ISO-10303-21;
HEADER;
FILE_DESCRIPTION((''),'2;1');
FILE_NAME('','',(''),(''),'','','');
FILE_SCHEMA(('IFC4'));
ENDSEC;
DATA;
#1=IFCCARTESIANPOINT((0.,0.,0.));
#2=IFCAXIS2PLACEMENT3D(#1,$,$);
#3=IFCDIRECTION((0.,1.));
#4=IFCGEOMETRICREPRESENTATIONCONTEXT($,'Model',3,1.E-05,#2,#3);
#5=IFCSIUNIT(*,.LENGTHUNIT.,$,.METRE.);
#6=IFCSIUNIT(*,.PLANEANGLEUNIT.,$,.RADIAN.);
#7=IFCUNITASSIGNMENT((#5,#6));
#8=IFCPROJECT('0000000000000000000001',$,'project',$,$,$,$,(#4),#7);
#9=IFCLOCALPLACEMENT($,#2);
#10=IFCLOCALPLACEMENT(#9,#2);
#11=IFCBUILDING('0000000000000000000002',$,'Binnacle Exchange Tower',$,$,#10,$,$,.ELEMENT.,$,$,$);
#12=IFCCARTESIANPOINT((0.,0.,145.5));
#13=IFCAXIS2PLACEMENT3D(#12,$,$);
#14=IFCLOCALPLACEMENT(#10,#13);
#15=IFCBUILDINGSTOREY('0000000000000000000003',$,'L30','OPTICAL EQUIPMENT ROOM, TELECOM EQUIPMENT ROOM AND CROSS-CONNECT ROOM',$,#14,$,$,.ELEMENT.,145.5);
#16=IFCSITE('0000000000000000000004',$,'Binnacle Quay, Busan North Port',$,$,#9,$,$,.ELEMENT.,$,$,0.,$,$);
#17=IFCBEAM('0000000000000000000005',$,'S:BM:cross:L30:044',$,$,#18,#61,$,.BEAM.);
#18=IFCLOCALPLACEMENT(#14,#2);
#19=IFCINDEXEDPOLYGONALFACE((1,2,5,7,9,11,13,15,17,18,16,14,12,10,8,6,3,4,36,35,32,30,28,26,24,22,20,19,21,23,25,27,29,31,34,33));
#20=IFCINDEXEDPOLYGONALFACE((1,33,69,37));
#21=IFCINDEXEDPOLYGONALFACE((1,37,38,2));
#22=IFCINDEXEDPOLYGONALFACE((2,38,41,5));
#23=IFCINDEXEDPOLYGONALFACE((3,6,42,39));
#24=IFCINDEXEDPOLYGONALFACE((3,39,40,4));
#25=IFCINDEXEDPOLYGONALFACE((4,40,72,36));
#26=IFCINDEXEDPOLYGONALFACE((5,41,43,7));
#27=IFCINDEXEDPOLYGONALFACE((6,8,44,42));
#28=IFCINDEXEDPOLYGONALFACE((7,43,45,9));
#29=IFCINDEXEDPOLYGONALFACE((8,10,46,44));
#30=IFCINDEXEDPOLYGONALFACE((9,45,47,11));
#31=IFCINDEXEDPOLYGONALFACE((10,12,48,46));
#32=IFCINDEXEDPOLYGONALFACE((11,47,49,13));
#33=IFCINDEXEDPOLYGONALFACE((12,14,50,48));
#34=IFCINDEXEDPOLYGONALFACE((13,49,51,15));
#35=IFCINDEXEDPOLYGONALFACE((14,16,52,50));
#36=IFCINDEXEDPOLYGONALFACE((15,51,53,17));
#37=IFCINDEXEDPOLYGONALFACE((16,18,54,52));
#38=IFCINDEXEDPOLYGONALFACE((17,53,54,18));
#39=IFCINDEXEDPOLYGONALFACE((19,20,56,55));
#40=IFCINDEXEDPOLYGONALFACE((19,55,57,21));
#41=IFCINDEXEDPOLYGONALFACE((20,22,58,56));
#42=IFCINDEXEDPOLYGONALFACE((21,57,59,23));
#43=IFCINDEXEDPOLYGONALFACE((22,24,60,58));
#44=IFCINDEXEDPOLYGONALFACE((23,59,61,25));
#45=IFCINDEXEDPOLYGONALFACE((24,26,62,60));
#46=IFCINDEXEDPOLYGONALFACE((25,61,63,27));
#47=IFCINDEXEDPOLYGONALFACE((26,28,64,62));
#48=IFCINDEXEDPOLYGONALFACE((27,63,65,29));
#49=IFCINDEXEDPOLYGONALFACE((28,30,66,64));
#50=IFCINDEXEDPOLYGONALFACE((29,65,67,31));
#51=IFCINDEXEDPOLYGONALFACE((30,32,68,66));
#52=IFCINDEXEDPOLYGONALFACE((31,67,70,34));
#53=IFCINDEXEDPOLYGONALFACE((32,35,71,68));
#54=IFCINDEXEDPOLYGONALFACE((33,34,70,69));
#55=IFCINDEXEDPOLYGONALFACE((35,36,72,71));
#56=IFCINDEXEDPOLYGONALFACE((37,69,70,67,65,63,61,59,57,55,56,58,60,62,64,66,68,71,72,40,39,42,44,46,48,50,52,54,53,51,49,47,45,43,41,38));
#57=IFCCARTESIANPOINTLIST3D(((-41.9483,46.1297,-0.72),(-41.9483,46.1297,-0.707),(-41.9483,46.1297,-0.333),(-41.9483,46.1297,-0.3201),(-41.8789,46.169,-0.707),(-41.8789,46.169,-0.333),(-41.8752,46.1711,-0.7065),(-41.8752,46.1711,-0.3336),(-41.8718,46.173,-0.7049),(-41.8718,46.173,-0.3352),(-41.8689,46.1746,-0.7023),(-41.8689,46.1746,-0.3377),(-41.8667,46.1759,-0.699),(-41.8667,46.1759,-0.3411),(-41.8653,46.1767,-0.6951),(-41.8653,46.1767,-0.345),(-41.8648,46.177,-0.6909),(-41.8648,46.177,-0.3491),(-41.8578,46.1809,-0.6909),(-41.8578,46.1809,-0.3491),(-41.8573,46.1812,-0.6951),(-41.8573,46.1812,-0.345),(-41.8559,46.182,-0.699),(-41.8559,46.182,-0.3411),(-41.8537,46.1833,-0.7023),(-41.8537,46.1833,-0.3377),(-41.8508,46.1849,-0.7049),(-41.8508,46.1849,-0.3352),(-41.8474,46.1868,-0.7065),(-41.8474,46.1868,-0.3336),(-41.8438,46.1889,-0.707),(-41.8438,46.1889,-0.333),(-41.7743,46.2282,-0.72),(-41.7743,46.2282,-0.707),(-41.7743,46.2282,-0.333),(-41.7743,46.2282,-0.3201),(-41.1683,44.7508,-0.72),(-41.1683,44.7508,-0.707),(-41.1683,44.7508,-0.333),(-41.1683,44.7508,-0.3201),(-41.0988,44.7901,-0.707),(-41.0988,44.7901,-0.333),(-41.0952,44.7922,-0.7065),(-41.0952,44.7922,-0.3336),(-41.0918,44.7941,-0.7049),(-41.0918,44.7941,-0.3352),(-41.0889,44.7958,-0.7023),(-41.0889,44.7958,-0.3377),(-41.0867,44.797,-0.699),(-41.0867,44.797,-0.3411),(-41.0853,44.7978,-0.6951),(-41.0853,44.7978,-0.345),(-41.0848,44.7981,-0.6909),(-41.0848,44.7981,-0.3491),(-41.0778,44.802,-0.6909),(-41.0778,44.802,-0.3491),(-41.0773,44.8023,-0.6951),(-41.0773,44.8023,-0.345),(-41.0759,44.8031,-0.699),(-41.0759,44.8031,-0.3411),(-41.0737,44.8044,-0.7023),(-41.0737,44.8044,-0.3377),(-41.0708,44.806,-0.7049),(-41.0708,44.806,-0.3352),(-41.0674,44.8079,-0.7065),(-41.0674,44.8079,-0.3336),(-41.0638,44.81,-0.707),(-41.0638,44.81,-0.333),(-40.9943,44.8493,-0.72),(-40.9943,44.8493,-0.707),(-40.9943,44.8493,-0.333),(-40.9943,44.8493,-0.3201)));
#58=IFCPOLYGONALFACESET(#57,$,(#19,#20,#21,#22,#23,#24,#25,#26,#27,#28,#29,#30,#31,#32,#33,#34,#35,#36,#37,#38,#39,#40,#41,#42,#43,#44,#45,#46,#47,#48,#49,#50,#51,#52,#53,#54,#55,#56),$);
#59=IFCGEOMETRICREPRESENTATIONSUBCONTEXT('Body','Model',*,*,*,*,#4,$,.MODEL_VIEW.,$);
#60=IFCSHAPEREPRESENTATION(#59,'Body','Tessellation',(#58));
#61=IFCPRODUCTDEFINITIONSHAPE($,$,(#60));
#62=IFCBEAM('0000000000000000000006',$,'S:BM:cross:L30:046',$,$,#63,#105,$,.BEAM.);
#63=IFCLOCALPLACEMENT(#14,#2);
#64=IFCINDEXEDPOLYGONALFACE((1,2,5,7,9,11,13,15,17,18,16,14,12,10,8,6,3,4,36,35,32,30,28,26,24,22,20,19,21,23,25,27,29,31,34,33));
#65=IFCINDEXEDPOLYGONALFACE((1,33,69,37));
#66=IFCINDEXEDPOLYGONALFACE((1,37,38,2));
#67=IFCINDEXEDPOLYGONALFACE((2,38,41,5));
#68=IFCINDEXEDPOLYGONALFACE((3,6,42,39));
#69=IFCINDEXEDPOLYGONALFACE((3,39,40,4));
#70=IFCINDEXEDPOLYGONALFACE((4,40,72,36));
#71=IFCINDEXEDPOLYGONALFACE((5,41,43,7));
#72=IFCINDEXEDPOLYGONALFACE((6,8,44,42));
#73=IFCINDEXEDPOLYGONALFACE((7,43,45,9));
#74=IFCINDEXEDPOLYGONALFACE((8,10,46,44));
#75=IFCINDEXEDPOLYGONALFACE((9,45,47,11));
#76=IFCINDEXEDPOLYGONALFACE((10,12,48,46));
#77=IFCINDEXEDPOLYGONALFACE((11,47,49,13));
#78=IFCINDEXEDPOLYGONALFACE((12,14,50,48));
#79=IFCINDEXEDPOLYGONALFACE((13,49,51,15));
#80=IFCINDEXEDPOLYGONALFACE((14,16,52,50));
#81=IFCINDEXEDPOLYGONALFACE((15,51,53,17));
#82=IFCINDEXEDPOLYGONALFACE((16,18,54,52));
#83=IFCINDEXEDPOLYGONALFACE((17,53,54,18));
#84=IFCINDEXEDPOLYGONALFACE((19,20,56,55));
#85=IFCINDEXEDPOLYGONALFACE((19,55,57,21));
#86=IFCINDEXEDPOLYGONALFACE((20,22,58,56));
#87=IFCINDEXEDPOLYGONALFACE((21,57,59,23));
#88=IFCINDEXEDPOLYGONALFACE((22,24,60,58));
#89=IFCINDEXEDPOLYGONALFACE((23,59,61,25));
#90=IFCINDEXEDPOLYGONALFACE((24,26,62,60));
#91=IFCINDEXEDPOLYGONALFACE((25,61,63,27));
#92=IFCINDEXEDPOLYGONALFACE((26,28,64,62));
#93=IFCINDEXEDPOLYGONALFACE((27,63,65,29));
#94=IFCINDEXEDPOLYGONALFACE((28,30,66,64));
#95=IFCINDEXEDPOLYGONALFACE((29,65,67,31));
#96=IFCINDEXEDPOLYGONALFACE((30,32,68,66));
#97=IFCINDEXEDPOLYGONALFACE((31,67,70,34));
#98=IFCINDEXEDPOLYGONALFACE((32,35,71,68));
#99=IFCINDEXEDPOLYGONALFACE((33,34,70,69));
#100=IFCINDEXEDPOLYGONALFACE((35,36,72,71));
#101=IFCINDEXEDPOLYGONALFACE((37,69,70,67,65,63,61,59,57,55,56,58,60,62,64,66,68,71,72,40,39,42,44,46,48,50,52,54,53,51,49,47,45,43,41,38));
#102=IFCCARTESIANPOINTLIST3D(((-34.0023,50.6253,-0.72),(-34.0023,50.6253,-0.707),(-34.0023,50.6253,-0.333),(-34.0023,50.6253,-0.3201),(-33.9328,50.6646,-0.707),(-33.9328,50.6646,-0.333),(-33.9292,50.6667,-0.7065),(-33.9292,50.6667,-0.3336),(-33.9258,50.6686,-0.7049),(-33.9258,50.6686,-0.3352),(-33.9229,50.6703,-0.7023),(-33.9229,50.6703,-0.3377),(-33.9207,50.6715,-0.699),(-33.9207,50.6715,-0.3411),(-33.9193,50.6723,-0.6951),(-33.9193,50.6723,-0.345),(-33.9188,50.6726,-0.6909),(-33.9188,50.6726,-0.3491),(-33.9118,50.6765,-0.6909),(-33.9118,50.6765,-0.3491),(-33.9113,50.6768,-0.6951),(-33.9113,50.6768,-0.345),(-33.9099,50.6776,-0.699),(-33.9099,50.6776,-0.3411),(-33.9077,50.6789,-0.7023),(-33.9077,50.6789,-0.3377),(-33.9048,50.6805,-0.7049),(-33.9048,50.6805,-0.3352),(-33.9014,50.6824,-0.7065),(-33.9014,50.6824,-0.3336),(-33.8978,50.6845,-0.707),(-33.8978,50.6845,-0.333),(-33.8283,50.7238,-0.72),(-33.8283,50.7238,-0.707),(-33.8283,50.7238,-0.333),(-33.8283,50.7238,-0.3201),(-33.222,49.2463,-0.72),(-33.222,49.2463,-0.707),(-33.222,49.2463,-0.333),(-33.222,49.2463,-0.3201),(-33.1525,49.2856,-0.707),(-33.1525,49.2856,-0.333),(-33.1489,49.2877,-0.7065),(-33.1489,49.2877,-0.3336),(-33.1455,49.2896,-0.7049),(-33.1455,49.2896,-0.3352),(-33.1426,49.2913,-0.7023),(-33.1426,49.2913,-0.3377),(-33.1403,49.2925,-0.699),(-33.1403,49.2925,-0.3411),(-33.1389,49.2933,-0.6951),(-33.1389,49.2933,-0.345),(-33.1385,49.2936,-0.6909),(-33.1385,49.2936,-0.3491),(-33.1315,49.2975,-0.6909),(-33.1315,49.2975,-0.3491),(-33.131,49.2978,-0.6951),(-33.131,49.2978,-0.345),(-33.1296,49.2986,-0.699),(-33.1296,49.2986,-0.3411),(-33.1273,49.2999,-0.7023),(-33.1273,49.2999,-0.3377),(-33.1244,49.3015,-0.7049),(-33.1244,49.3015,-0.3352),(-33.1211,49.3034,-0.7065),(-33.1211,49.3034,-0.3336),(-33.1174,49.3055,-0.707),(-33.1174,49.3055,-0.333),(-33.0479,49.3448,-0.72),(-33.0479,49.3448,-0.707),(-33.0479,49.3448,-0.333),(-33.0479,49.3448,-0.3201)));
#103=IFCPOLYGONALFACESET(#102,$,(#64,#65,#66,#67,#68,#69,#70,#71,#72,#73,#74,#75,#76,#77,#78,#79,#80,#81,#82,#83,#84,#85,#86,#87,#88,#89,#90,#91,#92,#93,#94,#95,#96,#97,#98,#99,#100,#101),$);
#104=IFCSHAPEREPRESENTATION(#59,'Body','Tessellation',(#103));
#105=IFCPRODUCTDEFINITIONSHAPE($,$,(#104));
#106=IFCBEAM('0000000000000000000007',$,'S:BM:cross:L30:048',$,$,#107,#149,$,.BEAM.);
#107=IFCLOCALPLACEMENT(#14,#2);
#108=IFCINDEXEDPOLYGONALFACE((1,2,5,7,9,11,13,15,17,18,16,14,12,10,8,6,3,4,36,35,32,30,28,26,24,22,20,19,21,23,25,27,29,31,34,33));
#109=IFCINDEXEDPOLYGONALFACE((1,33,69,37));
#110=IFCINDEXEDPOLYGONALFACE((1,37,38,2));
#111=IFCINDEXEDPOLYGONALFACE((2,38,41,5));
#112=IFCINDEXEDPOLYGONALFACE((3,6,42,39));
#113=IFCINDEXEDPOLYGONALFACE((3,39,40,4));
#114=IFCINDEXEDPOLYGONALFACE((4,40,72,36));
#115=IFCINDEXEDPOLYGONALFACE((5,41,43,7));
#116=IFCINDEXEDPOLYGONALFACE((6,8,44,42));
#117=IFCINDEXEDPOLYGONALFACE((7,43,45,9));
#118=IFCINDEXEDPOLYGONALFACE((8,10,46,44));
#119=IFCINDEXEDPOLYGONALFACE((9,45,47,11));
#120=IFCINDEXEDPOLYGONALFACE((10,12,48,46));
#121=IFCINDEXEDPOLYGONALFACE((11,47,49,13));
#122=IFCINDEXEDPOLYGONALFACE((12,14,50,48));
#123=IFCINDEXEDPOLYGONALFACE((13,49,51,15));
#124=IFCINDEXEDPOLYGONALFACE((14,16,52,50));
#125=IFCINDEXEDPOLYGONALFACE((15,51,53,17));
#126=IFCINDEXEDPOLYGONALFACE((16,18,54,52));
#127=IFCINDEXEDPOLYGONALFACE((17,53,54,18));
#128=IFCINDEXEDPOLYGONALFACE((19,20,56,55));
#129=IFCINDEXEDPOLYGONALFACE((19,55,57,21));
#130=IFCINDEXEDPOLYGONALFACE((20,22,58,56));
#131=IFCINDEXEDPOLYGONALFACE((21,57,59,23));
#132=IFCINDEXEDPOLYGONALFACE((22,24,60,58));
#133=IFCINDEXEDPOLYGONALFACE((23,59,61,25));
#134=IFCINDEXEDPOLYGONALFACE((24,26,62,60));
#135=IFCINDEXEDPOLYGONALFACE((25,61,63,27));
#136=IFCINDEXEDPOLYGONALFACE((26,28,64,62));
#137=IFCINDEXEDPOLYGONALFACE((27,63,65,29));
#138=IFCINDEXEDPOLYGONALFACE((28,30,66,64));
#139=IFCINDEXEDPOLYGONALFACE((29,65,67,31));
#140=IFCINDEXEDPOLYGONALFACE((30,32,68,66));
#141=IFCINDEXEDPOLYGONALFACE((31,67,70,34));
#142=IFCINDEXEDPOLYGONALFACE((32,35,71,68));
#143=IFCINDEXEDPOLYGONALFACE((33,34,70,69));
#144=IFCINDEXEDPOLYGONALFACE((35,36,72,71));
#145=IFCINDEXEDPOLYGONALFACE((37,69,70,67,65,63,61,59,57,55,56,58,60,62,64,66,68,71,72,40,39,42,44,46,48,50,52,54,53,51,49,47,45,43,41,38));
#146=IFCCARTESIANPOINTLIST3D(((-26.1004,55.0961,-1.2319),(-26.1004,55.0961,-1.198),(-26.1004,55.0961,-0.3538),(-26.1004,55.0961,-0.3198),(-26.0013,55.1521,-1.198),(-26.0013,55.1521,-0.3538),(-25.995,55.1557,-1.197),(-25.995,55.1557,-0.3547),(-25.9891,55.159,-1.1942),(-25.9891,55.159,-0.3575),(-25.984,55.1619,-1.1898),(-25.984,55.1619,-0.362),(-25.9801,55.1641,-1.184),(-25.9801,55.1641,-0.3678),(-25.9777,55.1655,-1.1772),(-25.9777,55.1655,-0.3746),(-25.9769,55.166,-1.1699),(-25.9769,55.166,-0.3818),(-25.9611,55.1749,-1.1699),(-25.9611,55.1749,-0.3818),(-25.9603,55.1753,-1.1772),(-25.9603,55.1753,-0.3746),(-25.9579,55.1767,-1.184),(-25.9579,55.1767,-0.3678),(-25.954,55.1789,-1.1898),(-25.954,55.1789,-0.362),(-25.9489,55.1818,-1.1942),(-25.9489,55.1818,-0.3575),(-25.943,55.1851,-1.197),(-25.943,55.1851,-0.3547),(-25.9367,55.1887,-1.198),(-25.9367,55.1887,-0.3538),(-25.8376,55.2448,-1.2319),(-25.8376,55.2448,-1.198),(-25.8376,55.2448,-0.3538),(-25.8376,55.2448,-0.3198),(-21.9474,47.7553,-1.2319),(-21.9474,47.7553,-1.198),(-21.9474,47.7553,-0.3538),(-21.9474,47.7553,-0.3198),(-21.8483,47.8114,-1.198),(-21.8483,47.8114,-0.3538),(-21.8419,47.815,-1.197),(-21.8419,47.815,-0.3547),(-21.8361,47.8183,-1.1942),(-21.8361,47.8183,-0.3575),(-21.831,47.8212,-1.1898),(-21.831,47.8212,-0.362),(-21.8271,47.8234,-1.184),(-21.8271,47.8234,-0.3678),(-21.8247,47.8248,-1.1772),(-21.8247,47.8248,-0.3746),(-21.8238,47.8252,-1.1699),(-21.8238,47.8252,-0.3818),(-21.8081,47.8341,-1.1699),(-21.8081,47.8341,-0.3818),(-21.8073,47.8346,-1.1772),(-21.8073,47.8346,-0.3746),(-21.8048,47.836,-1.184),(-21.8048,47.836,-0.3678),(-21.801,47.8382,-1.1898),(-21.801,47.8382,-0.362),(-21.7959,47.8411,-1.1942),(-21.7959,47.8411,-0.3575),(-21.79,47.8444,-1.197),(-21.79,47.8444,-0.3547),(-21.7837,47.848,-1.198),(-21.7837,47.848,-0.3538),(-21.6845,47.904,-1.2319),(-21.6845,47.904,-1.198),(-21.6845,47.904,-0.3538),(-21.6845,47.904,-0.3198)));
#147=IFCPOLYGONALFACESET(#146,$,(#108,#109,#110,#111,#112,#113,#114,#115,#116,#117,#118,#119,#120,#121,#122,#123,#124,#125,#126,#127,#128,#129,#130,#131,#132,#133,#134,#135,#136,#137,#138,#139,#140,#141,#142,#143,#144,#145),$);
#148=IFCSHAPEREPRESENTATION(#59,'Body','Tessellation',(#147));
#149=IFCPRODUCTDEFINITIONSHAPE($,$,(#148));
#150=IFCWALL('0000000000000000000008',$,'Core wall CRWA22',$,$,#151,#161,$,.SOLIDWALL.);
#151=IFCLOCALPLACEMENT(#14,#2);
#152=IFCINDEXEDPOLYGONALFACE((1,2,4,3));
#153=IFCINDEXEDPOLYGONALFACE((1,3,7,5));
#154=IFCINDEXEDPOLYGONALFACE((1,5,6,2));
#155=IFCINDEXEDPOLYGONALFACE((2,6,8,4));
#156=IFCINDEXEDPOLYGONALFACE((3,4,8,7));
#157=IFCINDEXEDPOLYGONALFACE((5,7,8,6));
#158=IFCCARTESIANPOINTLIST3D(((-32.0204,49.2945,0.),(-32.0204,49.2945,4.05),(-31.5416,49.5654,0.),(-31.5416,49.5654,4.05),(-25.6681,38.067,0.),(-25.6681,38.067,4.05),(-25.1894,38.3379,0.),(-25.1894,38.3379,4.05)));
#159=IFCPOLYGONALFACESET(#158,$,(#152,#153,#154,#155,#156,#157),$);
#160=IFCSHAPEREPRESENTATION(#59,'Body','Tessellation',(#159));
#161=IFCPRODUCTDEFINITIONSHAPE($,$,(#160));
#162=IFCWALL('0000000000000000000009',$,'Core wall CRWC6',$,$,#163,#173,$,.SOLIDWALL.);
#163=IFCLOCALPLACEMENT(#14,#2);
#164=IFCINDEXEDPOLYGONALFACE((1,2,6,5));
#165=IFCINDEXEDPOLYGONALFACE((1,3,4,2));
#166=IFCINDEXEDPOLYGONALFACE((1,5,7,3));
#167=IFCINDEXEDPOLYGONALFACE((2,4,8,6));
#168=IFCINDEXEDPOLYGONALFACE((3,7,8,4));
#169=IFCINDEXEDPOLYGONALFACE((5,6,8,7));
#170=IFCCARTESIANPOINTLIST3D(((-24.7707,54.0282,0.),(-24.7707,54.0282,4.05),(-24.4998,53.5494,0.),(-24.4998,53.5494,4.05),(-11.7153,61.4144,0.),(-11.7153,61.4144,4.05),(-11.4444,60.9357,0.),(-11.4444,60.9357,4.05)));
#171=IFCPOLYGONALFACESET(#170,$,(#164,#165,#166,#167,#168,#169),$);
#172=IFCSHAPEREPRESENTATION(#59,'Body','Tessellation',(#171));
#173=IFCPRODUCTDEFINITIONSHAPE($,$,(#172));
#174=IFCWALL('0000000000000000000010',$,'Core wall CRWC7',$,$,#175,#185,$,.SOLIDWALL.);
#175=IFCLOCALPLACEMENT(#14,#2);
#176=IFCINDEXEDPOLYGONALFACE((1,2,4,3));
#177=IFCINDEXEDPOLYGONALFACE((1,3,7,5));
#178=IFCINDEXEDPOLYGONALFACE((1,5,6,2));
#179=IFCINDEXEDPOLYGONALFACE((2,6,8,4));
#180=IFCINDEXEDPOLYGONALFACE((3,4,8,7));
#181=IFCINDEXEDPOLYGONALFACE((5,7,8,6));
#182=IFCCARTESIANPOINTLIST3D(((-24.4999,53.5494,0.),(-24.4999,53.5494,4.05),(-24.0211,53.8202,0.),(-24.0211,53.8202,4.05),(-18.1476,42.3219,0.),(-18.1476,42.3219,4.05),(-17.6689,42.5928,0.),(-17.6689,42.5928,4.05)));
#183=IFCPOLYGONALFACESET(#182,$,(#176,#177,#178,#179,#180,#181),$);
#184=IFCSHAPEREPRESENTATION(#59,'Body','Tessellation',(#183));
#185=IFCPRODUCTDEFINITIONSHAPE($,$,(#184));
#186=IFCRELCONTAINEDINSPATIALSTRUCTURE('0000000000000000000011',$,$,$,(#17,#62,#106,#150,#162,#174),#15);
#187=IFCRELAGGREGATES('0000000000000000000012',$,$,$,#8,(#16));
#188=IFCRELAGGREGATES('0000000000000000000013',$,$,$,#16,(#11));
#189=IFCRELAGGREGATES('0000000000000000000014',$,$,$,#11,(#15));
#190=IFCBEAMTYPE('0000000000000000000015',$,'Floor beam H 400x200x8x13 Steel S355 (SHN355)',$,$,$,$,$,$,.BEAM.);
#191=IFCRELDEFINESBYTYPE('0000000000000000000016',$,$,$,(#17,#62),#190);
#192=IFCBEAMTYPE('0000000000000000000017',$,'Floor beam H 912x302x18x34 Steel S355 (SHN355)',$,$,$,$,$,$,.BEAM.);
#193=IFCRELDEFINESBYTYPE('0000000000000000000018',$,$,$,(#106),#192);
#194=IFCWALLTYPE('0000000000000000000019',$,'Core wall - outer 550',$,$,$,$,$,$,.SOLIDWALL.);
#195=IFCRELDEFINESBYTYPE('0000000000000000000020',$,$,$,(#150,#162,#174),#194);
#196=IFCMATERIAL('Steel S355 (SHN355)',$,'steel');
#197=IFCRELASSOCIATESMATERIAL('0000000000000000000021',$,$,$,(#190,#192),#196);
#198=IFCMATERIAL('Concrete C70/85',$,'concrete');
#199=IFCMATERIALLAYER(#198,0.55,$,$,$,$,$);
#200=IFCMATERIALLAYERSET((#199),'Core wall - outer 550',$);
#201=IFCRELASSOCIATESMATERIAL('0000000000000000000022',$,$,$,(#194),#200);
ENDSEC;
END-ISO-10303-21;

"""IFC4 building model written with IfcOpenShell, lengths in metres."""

from ifc_helpers import new_model, si_unit, direction, frame, frame_2d, origin, origin_2d, place, context, subcontext, project, spatial, rectangle, i_section, extrude, material, layer, layer_set, material_profile, profile_set, type_object, element, save


model = new_model("IFC4")

# Units and contexts
model_context = context("Model", 3, precision=1e-05, world=origin(), true_north=direction((0.0, 1.0)))
body_context = subcontext(model_context, "Body", "Model", "MODEL_VIEW")
ifc_project = project(units=[si_unit("LENGTHUNIT", "METRE"), si_unit("PLANEANGLEUNIT", "RADIAN")], contexts=[model_context])

# Site, building, storey
site_placement = place(None, origin())
site = spatial("IfcSite", under=ifc_project, at=site_placement, Name="Binnacle Quay, Busan North Port", CompositionType="ELEMENT", RefElevation=0.0)
building_placement = place(site_placement, origin())
building = spatial("IfcBuilding", under=site, at=building_placement, Name="Binnacle Exchange Tower", CompositionType="ELEMENT")
storey_placement = place(building_placement, frame((0.0, 0.0, 145.5)))
storey = spatial("IfcBuildingStorey", under=building, at=storey_placement, Name="L30", Description="OPTICAL EQUIPMENT ROOM, TELECOM EQUIPMENT ROOM AND CROSS-CONNECT ROOM", CompositionType="ELEMENT", Elevation=145.5)

# Shared definitions
ifc_material_1 = material(Name="Concrete C70/85", Category="concrete")

# Beams
ifc_material_2 = material(Name="Steel S355 (SHN355)", Category="steel")
ifc_material_profile_1 = material_profile(ifc_material_2, i_section(OverallWidth=0.2, OverallDepth=0.3999, WebThickness=0.0081, FlangeThickness=0.0129, FilletRadius=0.0161, at=origin_2d()), Name="H 400x200x8x13")
ifc_profile_set_1 = profile_set([ifc_material_profile_1], Name="Steel S355 (SHN355)")
beam_type_1 = type_object("IfcBeamType", Name="Floor beam H 400x200x8x13 Steel S355 (SHN355)", PredefinedType="BEAM", material=ifc_profile_set_1)
beam_1_placement = place(storey_placement, frame((-41.8613, 46.179, -0.52), z_axis=(0.492367, -0.870388, 0.0), x_axis=(0.870388, 0.492367, 0.0)))
element("IfcBeam", 1, at=beam_1_placement, inside=storey, type_object=beam_type_1, Name="S:BM:cross:L30:044", PredefinedType="BEAM", context=body_context, shape_type="SweptSolid", body=[
    extrude(i_section(OverallWidth=0.2, OverallDepth=0.3999, WebThickness=0.0081, FlangeThickness=0.0129, FilletRadius=0.0161, at=origin_2d()), origin(), (0.0, 0.0, 1.0), 1.5842),
])
beam_2_placement = place(storey_placement, frame((-33.9153, 50.6746, -0.52), z_axis=(0.492484, -0.870322, 0.0), x_axis=(0.870322, 0.492484, 0.0)))
element("IfcBeam", 2, at=beam_2_placement, inside=storey, type_object=beam_type_1, Name="S:BM:cross:L30:046", PredefinedType="BEAM", context=body_context, shape_type="SweptSolid", body=[
    extrude(i_section(OverallWidth=0.2, OverallDepth=0.3999, WebThickness=0.0081, FlangeThickness=0.0129, FilletRadius=0.0161, at=origin_2d()), origin(), (0.0, 0.0, 1.0), 1.5845),
])
ifc_material_profile_2 = material_profile(ifc_material_2, i_section(OverallWidth=0.302, OverallDepth=0.9121, WebThickness=0.0181, FlangeThickness=0.0339, FilletRadius=0.0281, at=origin_2d()), Name="H 912x302x18x34")
ifc_profile_set_2 = profile_set([ifc_material_profile_2], Name="Steel S355 (SHN355)")
beam_type_2 = type_object("IfcBeamType", Name="Floor beam H 912x302x18x34 Steel S355 (SHN355)", PredefinedType="BEAM", material=ifc_profile_set_2)
beam_3_placement = place(storey_placement, frame((-25.969, 55.1704, -0.7759), z_axis=(0.492409, -0.870364, 0.0), x_axis=(0.870364, 0.492409, 0.0)))
element("IfcBeam", 3, at=beam_3_placement, inside=storey, type_object=beam_type_2, Name="S:BM:cross:L30:048", PredefinedType="BEAM", context=body_context, shape_type="SweptSolid", body=[
    extrude(i_section(OverallWidth=0.302, OverallDepth=0.9121, WebThickness=0.0181, FlangeThickness=0.0339, FilletRadius=0.0281, at=origin_2d()), origin(), (0.0, 0.0, 1.0), 8.4341),
])

# Walls
ifc_layer_1 = layer(ifc_material_1, 0.55)
ifc_layer_set_1 = layer_set([ifc_layer_1], Name="Core wall - outer 550")
wall_type_1 = type_object("IfcWallType", Name="Core wall - outer 550", PredefinedType="SOLIDWALL", material=ifc_layer_set_1)
wall_1_placement = place(storey_placement, frame((-31.781, 49.4299, 0.0), z_axis=(0.0, 0.0, 1.0), x_axis=(0.492427, -0.870354, 0.0)))
element("IfcWall", 4, at=wall_1_placement, inside=storey, type_object=wall_type_1, Name="Core wall CRWA22", PredefinedType="SOLIDWALL", context=body_context, shape_type="SweptSolid", body=[
    extrude(rectangle(XDim=12.8999, YDim=0.55, at=frame_2d((6.45, 0.0))), origin(), (0.0, 0.0, 1.0), 4.05),
])
wall_2_placement = place(storey_placement, frame((-24.6353, 53.7888, 0.0), z_axis=(0.0, 0.0, 1.0), x_axis=(0.870361, 0.492415, 0.0)))
element("IfcWall", 5, at=wall_2_placement, inside=storey, type_object=wall_type_1, Name="Core wall CRWC6", PredefinedType="SOLIDWALL", context=body_context, shape_type="SweptSolid", body=[
    extrude(rectangle(XDim=15.0, YDim=0.55, at=frame_2d((7.5, 0.0))), origin(), (0.0, 0.0, 1.0), 4.05),
])
wall_3_placement = place(storey_placement, frame((-24.2605, 53.6848, 0.0), z_axis=(0.0, 0.0, 1.0), x_axis=(0.492427, -0.870354, 0.0)))
element("IfcWall", 6, at=wall_3_placement, inside=storey, type_object=wall_type_1, Name="Core wall CRWC7", PredefinedType="SOLIDWALL", context=body_context, shape_type="SweptSolid", body=[
    extrude(rectangle(XDim=12.8999, YDim=0.55, at=frame_2d((6.45, 0.0))), origin(), (0.0, 0.0, 1.0), 4.05),
])

save(model, "model.ifc")
